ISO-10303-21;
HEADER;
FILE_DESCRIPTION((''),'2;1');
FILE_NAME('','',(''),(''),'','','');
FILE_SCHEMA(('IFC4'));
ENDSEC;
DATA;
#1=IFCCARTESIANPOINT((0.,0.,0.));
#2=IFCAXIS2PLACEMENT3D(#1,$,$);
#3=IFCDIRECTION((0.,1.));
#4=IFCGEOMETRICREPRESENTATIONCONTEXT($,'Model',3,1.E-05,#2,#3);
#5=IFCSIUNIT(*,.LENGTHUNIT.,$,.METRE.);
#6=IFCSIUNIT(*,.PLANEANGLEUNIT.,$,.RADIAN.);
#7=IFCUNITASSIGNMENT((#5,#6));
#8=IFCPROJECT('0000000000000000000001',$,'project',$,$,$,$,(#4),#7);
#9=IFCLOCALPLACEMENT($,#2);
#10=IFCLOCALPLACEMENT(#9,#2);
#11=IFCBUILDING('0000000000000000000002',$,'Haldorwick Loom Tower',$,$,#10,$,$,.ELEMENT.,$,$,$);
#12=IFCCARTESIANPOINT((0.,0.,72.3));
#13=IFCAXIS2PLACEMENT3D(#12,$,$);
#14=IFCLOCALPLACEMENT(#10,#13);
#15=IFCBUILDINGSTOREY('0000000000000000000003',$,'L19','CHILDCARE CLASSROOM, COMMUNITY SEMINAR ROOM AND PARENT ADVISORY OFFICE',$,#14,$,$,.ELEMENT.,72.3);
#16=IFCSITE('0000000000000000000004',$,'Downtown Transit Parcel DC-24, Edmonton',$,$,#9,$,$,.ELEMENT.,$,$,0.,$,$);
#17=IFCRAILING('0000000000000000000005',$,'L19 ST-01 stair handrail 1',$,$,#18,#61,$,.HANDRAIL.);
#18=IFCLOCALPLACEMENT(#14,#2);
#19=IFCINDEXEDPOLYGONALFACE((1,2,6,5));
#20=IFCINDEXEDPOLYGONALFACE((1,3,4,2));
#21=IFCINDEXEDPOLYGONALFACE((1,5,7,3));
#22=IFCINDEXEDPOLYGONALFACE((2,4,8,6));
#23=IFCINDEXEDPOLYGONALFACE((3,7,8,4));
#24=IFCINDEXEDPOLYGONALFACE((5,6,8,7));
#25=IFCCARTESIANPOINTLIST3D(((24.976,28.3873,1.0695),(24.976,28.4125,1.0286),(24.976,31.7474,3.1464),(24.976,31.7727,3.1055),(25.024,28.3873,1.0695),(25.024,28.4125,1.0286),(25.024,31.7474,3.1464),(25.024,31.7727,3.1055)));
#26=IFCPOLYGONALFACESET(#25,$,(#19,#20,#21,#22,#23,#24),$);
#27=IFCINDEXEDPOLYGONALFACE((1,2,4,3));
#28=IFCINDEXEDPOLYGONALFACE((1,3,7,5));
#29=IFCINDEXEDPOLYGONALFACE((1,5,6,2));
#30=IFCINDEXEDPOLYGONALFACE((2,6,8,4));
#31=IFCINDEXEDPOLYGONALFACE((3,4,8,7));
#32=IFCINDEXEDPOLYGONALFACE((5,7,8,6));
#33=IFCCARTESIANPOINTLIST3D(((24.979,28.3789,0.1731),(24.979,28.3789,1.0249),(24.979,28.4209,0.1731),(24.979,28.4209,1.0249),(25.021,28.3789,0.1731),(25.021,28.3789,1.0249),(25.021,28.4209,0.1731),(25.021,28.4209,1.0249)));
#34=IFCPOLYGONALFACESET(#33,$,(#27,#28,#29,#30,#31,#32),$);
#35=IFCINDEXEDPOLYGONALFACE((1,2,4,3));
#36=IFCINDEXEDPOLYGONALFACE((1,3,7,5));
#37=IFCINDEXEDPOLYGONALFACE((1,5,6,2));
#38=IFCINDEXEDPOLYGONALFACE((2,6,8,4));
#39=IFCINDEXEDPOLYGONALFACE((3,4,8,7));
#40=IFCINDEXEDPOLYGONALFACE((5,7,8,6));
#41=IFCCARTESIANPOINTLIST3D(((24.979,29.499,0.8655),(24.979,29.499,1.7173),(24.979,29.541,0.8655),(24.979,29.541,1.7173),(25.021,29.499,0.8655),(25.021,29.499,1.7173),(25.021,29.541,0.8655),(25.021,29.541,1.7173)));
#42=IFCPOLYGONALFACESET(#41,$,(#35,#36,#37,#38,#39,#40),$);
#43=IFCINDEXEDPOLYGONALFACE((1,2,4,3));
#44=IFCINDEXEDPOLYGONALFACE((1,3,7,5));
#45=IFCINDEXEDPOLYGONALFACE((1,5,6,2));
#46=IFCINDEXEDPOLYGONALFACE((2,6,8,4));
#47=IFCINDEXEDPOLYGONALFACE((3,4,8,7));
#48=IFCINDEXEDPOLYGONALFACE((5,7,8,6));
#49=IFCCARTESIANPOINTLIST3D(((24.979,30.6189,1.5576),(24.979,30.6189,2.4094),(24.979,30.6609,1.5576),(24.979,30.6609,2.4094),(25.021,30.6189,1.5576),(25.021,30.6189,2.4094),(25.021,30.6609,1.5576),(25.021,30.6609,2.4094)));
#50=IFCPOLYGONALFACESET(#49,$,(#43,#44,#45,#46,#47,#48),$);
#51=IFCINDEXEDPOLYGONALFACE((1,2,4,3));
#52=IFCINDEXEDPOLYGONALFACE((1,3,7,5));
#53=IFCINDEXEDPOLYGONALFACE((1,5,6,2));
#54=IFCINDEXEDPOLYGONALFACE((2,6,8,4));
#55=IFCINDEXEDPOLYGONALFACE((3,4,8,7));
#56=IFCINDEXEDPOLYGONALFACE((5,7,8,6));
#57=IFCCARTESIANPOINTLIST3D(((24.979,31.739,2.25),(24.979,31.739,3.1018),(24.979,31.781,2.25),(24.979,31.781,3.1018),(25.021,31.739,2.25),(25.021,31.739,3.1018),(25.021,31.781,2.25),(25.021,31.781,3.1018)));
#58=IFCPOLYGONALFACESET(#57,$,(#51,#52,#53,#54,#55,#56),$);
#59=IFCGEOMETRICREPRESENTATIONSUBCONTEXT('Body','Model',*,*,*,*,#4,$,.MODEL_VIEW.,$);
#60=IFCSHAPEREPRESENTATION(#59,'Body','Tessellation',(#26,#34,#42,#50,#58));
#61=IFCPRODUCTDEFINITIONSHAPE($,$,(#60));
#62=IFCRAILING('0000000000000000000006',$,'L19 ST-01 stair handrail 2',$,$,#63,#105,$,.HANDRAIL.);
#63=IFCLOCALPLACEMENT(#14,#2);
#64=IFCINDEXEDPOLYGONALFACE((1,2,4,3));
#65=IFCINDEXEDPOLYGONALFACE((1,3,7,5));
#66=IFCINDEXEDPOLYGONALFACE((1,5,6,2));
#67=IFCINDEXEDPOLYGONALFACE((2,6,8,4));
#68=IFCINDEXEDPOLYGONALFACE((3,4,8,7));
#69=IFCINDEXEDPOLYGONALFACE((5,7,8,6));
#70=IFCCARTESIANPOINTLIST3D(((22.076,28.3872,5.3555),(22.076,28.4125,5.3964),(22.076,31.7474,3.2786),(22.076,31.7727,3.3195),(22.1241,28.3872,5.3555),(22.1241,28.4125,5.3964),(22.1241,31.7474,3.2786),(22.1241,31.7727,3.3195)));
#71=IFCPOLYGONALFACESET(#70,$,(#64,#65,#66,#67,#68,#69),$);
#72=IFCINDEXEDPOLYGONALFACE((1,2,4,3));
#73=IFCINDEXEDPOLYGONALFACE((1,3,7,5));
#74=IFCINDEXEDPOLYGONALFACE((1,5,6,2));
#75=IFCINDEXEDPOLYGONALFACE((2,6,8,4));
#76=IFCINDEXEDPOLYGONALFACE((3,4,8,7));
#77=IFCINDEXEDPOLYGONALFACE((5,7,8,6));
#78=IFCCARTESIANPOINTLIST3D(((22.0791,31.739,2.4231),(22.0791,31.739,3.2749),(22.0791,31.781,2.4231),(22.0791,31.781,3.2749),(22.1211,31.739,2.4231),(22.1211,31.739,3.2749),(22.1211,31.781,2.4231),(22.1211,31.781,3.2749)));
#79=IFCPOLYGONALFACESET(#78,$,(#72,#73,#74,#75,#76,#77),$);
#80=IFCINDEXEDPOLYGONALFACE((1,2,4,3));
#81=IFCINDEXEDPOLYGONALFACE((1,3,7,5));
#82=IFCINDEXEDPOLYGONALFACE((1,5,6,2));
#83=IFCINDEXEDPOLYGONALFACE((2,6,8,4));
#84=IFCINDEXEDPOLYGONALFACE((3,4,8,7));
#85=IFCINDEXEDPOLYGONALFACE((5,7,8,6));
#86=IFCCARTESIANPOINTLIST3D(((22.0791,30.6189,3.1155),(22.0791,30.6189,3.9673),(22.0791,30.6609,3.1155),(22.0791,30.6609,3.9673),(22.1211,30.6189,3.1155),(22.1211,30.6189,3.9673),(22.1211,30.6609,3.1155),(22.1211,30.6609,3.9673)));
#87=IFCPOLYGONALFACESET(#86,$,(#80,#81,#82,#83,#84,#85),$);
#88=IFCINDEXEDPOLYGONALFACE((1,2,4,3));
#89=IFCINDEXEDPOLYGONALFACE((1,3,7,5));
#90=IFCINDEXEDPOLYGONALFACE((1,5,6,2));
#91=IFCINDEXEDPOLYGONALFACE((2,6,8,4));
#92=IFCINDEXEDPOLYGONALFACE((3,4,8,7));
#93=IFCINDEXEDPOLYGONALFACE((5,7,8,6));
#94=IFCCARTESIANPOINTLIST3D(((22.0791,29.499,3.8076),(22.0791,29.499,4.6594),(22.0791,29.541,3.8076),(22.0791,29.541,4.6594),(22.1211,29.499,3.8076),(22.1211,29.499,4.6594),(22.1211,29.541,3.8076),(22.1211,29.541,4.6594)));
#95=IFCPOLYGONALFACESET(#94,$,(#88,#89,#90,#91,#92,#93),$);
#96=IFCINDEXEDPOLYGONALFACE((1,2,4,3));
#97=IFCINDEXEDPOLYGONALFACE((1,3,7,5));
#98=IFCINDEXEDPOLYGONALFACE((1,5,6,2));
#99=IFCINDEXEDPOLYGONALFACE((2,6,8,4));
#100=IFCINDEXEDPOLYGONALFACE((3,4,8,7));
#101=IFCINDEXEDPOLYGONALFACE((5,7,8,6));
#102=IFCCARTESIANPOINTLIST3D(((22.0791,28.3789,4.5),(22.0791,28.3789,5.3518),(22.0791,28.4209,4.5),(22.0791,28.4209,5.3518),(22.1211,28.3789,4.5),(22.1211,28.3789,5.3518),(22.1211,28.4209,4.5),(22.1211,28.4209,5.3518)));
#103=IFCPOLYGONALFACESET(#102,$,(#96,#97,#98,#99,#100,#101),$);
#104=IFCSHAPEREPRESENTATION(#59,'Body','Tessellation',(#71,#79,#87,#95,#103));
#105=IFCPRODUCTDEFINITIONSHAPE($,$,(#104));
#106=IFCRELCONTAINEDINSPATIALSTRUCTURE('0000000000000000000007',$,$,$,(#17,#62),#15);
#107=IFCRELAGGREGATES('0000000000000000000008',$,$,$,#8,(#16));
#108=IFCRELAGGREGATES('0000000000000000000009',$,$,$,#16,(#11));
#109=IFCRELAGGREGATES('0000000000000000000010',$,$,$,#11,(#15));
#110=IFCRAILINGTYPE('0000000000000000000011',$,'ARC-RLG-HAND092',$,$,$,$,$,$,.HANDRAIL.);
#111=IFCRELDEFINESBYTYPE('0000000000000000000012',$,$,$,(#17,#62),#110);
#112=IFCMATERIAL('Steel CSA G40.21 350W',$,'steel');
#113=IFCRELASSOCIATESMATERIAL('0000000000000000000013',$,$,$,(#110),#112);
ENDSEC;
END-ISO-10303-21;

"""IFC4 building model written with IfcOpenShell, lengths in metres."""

from ifc_helpers import new_model, si_unit, direction, frame, origin, origin_2d, place, context, subcontext, project, spatial, rectangle, extrude, material, type_object, element, save


model = new_model("IFC4")

# Units and contexts
model_context = context("Model", 3, precision=1e-05, world=origin(), true_north=direction((0.0, 1.0)))
body_context = subcontext(model_context, "Body", "Model", "MODEL_VIEW")
ifc_project = project(units=[si_unit("LENGTHUNIT", "METRE"), si_unit("PLANEANGLEUNIT", "RADIAN")], contexts=[model_context])

# Site, building, storey
site_placement = place(None, origin())
site = spatial("IfcSite", under=ifc_project, at=site_placement, Name="Downtown Transit Parcel DC-24, Edmonton", CompositionType="ELEMENT", RefElevation=0.0)
building_placement = place(site_placement, origin())
building = spatial("IfcBuilding", under=site, at=building_placement, Name="Haldorwick Loom Tower", CompositionType="ELEMENT")
storey_placement = place(building_placement, frame((0.0, 0.0, 72.3)))
storey = spatial("IfcBuildingStorey", under=building, at=storey_placement, Name="L19", Description="CHILDCARE CLASSROOM, COMMUNITY SEMINAR ROOM AND PARENT ADVISORY OFFICE", CompositionType="ELEMENT", Elevation=72.3)

# Shared definitions
ifc_material_1 = material(Name="Steel CSA G40.21 350W", Category="steel")

# Railings
railing_type_1 = type_object("IfcRailingType", Name="ARC-RLG-HAND092", PredefinedType="HANDRAIL", material=ifc_material_1)
railing_1_placement = place(storey_placement, frame((25.0, 28.3999, 0.1731)))
element("IfcRailing", 1, at=railing_1_placement, inside=storey, type_object=railing_type_1, Name="L19 ST-01 stair handrail 1", PredefinedType="HANDRAIL", context=body_context, shape_type="SweptSolid", body=[
    extrude(rectangle(XDim=0.0481, YDim=0.0481, at=origin_2d()), frame((0.0, 0.0, 0.876), z_axis=(0.0, 0.850623, 0.525776), x_axis=(-1.0, 0.0, 0.0)), (0.0, 0.0, 1.0), 3.9502),
    extrude(rectangle(XDim=0.042, YDim=0.042, at=origin_2d()), origin(), (0.0, 0.0, 1.0), 0.8518),
    extrude(rectangle(XDim=0.042, YDim=0.042, at=origin_2d()), frame((0.0, 1.1201, 0.6924)), (0.0, 0.0, 1.0), 0.8518),
    extrude(rectangle(XDim=0.042, YDim=0.042, at=origin_2d()), frame((0.0, 2.24, 1.3845)), (0.0, 0.0, 1.0), 0.8518),
    extrude(rectangle(XDim=0.042, YDim=0.042, at=origin_2d()), frame((0.0, 3.3601, 2.0769)), (0.0, 0.0, 1.0), 0.8518),
])
railing_2_placement = place(storey_placement, frame((22.1001, 31.76, 2.4231)))
element("IfcRailing", 2, at=railing_2_placement, inside=storey, type_object=railing_type_1, Name="L19 ST-01 stair handrail 2", PredefinedType="HANDRAIL", context=body_context, shape_type="SweptSolid", body=[
    extrude(rectangle(XDim=0.0481, YDim=0.0481, at=origin_2d()), frame((0.0, 0.0, 0.876), z_axis=(0.0, -0.850623, 0.525776), x_axis=(1.0, 0.0, 0.0)), (0.0, 0.0, 1.0), 3.9502),
    extrude(rectangle(XDim=0.042, YDim=0.042, at=origin_2d()), origin(), (0.0, 0.0, 1.0), 0.8518),
    extrude(rectangle(XDim=0.042, YDim=0.042, at=origin_2d()), frame((0.0, -1.1201, 0.6924)), (0.0, 0.0, 1.0), 0.8518),
    extrude(rectangle(XDim=0.042, YDim=0.042, at=origin_2d()), frame((0.0, -2.24, 1.3845)), (0.0, 0.0, 1.0), 0.8518),
    extrude(rectangle(XDim=0.042, YDim=0.042, at=origin_2d()), frame((0.0, -3.3601, 2.0769)), (0.0, 0.0, 1.0), 0.8518),
])

save(model, "model.ifc")
